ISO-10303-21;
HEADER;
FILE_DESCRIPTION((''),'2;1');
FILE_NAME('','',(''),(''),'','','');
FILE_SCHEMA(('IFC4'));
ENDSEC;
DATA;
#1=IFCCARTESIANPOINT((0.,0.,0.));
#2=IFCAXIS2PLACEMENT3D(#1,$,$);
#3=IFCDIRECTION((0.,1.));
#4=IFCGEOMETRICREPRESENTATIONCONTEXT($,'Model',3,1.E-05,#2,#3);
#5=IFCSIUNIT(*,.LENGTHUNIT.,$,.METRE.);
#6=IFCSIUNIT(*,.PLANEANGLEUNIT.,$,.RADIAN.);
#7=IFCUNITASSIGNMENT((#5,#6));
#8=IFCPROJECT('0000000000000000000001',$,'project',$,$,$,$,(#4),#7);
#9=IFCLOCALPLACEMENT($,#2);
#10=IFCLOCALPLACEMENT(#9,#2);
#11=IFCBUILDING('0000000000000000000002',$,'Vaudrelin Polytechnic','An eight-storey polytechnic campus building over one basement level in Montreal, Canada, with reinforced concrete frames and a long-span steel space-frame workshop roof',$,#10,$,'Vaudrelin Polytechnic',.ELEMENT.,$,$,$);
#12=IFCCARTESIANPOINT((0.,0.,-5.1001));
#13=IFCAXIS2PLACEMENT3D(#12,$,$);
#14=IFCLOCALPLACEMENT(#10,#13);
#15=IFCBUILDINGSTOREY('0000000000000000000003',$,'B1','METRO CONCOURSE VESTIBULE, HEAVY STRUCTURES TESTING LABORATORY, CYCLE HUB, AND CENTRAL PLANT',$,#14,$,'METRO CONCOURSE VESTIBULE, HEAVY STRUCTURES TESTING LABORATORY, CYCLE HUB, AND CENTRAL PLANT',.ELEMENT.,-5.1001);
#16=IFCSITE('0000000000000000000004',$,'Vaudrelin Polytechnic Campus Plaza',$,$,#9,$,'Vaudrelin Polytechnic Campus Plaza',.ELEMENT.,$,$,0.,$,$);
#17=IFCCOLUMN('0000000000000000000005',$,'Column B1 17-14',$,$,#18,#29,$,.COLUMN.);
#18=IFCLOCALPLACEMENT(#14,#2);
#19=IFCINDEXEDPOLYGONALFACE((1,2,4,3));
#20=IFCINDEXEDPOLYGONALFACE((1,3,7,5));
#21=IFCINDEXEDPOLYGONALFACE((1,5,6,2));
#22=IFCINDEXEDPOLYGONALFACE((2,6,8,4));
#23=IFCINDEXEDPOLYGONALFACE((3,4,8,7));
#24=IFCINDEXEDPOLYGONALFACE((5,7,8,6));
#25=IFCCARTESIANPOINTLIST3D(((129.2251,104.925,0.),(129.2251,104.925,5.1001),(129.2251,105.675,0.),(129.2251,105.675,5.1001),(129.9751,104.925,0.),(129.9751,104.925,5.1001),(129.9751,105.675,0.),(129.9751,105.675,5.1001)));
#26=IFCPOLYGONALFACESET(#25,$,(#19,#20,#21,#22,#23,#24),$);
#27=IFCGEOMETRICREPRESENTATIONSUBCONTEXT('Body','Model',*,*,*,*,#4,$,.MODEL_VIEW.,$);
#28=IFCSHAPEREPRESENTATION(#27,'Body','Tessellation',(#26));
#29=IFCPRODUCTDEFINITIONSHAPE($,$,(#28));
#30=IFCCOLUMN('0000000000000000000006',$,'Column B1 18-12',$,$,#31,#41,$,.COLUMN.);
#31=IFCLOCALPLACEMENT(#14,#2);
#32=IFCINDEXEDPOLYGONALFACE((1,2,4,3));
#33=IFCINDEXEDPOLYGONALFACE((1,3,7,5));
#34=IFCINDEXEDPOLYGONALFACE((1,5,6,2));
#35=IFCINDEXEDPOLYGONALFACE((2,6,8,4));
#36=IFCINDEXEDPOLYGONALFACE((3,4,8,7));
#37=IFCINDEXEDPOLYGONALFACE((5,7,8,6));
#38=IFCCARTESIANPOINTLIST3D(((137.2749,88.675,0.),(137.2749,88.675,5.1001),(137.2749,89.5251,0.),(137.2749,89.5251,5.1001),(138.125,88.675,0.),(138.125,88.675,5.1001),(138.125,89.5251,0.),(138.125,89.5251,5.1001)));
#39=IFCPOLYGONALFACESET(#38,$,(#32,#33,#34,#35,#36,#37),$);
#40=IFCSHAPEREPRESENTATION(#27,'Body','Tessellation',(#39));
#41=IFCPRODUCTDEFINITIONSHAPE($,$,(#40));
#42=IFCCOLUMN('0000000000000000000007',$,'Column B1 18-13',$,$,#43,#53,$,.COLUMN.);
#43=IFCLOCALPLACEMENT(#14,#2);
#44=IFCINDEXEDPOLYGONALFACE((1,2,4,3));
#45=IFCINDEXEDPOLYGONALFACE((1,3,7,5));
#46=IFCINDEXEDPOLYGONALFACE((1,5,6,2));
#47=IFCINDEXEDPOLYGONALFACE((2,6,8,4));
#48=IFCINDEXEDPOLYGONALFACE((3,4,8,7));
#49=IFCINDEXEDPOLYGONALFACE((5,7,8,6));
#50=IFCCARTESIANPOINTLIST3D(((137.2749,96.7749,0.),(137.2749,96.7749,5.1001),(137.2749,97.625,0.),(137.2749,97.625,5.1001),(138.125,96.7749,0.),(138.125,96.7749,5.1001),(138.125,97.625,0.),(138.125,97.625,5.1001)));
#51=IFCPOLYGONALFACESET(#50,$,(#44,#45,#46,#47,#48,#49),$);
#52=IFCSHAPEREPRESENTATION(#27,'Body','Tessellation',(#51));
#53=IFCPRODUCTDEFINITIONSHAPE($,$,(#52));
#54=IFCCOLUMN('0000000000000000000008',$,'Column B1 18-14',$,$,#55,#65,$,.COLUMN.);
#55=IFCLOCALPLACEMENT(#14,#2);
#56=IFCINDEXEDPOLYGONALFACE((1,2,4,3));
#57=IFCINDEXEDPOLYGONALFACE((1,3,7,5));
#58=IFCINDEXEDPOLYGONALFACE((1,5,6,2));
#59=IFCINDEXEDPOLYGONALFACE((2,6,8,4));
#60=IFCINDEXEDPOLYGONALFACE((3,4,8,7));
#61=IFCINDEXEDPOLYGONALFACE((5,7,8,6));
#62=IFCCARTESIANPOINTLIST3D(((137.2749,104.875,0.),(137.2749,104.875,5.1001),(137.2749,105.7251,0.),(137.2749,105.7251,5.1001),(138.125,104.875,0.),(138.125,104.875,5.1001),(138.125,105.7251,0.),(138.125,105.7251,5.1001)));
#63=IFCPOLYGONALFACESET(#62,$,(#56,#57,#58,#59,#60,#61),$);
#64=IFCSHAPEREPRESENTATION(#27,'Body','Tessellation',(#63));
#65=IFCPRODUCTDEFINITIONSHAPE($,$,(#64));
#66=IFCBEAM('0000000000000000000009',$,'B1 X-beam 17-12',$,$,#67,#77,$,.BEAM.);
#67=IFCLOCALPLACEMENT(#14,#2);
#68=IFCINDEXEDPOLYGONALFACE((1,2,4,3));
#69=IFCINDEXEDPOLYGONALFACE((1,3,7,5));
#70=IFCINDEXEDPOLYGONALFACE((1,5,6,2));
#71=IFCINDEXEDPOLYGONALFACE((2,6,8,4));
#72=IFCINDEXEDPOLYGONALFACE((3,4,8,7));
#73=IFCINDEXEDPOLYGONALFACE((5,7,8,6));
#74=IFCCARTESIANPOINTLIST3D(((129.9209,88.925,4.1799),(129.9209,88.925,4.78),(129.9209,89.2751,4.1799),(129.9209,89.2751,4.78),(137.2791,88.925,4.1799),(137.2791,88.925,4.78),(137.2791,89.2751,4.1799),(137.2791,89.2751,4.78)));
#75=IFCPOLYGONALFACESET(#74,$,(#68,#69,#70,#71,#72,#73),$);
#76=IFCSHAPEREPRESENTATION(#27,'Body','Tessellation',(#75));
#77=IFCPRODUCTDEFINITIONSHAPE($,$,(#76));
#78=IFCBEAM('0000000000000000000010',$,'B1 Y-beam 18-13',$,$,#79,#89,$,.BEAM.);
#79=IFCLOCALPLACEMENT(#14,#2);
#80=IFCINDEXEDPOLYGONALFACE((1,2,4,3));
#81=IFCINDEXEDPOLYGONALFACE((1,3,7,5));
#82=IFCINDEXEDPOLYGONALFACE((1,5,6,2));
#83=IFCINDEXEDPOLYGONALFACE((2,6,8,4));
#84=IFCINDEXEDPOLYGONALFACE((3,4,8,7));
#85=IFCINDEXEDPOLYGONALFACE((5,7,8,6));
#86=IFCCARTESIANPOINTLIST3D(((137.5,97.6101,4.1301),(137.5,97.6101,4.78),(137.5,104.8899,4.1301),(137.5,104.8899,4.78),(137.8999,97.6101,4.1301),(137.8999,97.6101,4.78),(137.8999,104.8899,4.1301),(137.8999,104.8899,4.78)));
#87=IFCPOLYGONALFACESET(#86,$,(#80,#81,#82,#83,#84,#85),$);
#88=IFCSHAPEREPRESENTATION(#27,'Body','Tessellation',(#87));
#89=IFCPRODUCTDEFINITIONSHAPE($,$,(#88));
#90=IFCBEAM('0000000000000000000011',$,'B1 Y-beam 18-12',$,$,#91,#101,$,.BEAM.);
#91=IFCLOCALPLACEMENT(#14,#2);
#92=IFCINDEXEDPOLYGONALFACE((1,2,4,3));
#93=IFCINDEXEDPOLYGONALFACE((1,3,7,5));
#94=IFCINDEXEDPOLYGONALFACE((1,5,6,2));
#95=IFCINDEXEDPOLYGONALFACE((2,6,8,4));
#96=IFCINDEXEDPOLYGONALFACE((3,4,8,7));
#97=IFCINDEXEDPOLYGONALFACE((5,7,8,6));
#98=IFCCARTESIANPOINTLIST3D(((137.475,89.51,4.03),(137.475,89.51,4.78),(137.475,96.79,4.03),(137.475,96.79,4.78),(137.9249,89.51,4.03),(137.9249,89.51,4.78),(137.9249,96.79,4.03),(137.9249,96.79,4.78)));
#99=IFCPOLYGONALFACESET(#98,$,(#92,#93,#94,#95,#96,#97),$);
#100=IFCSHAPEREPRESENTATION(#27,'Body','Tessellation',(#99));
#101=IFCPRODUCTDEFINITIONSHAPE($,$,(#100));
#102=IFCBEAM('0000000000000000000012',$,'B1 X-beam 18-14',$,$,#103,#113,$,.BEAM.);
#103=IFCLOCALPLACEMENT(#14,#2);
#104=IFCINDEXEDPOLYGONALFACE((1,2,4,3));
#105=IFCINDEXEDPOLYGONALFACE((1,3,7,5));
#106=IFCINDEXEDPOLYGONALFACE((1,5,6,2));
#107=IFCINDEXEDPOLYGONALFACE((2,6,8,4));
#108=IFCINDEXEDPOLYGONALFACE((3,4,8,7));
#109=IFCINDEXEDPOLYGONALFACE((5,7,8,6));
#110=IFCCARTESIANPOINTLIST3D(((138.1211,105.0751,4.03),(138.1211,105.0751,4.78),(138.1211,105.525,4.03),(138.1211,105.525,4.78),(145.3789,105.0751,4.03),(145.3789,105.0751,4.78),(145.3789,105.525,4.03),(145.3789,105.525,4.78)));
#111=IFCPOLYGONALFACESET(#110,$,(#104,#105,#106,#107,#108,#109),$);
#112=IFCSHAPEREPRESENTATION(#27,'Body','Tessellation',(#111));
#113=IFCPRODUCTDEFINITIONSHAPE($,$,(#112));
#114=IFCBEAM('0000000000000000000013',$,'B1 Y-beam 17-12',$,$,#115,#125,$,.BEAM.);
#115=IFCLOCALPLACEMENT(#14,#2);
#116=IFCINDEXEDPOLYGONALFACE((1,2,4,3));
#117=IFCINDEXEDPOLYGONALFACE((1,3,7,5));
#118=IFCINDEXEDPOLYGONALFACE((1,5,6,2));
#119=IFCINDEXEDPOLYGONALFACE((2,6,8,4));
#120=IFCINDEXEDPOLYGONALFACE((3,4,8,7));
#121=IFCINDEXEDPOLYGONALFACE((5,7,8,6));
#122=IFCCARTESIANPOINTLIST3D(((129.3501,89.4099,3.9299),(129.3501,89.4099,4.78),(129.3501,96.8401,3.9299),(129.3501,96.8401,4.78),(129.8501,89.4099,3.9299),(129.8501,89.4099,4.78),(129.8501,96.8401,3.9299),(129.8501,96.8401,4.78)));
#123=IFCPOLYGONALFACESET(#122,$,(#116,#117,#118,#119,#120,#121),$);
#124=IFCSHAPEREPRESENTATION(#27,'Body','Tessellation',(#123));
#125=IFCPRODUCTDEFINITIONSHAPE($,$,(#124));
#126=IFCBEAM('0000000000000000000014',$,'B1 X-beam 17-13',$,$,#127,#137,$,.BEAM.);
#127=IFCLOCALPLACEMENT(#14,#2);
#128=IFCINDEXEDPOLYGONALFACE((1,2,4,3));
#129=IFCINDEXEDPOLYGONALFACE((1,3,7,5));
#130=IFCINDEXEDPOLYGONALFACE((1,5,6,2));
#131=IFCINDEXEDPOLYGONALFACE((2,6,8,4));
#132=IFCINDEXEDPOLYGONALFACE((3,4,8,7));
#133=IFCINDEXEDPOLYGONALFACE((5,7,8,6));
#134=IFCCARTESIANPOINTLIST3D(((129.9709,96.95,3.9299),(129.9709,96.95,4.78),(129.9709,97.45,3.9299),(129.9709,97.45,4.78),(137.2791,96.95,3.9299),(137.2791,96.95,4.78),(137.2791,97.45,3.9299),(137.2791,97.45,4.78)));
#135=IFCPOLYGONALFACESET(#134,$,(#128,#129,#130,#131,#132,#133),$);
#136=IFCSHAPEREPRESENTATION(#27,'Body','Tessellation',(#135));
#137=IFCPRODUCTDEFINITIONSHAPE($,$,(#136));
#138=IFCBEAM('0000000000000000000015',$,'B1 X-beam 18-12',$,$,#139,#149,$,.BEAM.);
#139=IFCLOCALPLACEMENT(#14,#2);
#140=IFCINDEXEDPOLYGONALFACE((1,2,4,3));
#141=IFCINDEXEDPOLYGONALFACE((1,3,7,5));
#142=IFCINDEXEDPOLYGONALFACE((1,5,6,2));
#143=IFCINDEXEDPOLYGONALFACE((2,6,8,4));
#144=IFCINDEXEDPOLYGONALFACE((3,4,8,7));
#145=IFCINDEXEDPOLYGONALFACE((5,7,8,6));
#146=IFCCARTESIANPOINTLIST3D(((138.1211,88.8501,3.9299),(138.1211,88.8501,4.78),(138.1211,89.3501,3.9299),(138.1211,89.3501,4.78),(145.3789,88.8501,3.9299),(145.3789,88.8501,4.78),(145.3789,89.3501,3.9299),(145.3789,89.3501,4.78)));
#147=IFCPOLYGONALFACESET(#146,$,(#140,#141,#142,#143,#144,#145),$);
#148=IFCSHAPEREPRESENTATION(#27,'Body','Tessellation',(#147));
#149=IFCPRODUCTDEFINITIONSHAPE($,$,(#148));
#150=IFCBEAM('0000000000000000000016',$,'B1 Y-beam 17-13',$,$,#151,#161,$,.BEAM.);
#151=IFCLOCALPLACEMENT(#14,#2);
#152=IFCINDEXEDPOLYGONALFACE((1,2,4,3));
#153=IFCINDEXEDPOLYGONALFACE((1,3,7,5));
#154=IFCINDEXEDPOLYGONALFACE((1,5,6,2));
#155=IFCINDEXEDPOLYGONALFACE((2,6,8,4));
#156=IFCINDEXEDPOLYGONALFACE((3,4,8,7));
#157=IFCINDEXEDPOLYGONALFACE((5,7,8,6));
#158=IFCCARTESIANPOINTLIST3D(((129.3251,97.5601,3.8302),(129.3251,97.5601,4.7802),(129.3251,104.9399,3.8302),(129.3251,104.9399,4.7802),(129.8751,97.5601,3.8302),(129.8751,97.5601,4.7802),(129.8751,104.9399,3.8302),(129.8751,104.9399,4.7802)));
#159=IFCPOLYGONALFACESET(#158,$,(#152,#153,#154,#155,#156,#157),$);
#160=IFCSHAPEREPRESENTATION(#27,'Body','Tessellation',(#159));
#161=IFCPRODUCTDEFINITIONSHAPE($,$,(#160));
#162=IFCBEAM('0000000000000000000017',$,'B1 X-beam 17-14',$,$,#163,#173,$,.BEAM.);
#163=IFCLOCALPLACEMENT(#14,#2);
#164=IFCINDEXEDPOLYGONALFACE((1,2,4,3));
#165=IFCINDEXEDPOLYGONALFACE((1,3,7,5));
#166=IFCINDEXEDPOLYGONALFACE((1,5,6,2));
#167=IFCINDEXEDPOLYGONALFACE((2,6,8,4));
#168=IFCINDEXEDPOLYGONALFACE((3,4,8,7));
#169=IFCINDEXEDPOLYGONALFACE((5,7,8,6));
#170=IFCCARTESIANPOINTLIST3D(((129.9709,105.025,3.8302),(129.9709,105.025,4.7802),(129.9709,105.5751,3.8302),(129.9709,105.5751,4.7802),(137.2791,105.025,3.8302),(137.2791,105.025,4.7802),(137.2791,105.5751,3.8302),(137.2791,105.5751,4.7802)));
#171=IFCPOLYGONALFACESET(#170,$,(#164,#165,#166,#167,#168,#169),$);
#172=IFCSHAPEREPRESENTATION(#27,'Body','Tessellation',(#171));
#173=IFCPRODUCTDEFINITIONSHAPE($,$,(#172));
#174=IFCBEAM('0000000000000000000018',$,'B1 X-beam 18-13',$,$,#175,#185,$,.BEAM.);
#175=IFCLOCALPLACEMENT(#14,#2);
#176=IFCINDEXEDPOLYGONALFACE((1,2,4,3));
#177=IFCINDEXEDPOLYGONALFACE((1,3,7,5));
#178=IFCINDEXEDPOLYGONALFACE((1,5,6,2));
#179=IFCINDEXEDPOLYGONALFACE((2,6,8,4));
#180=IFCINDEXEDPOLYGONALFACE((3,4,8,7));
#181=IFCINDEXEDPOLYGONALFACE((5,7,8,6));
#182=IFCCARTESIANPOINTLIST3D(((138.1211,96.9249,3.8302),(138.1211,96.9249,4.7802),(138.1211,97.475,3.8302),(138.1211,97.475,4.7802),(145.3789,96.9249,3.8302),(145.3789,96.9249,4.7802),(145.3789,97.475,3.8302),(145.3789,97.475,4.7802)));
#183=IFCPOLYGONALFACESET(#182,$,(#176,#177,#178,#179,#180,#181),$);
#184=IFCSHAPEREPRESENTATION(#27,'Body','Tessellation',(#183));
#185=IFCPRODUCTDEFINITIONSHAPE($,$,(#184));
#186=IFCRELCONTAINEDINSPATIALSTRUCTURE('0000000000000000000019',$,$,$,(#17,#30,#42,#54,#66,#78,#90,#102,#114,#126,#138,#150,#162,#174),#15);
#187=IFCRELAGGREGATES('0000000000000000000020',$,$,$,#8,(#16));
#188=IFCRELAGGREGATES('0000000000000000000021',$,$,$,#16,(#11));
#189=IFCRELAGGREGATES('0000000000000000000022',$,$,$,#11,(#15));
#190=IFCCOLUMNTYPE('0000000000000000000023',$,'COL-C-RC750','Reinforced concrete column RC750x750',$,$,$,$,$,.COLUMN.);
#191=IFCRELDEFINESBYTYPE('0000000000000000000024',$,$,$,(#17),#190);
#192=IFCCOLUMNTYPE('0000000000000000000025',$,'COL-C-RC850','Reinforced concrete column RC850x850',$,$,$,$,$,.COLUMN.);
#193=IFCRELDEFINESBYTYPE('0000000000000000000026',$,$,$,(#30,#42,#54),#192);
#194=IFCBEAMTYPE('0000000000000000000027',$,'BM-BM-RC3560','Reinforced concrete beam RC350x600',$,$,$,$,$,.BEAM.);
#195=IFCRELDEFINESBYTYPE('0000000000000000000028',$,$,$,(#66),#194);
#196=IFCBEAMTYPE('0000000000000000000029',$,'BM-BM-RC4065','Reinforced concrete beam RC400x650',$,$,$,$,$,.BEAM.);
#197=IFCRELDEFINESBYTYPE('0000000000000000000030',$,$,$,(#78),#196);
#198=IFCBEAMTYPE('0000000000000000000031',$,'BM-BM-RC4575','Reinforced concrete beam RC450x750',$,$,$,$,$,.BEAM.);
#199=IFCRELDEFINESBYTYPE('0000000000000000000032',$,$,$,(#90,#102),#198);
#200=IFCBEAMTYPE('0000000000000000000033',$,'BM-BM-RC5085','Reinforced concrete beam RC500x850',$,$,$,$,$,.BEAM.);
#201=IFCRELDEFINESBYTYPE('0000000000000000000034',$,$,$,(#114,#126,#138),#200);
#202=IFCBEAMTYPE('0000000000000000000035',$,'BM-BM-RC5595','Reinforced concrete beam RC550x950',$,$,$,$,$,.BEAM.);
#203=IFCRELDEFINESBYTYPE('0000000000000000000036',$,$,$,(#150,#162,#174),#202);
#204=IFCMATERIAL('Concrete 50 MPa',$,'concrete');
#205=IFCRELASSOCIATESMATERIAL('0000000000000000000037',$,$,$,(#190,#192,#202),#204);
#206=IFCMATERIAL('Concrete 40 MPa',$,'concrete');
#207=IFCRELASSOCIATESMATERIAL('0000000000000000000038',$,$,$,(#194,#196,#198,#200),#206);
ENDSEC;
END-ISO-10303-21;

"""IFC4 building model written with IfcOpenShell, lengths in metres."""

from ifc_helpers import new_model, si_unit, direction, frame, origin, origin_2d, place, context, subcontext, project, spatial, rectangle, extrude, material, material_profile, profile_set, type_object, element, save


model = new_model("IFC4")

# Units and contexts
model_context = context("Model", 3, precision=1e-05, world=origin(), true_north=direction((0.0, 1.0)))
body_context = subcontext(model_context, "Body", "Model", "MODEL_VIEW")
ifc_project = project(units=[si_unit("LENGTHUNIT", "METRE"), si_unit("PLANEANGLEUNIT", "RADIAN")], contexts=[model_context])

# Site, building, storey
site_placement = place(None, origin())
site = spatial("IfcSite", under=ifc_project, at=site_placement, Name="Vaudrelin Polytechnic Campus Plaza", LongName="Vaudrelin Polytechnic Campus Plaza", CompositionType="ELEMENT", RefElevation=0.0)
building_placement = place(site_placement, origin())
building = spatial("IfcBuilding", under=site, at=building_placement, Name="Vaudrelin Polytechnic", Description="An eight-storey polytechnic campus building over one basement level in Montreal, Canada, with reinforced concrete frames and a long-span steel space-frame workshop roof", LongName="Vaudrelin Polytechnic", CompositionType="ELEMENT")
storey_placement = place(building_placement, frame((0.0, 0.0, -5.1001)))
storey = spatial("IfcBuildingStorey", under=building, at=storey_placement, Name="B1", Description="METRO CONCOURSE VESTIBULE, HEAVY STRUCTURES TESTING LABORATORY, CYCLE HUB, AND CENTRAL PLANT", LongName="METRO CONCOURSE VESTIBULE, HEAVY STRUCTURES TESTING LABORATORY, CYCLE HUB, AND CENTRAL PLANT", CompositionType="ELEMENT", Elevation=-5.1001)

# Shared definitions
ifc_material_1 = material(Name="Concrete 40 MPa", Category="concrete")

# Columns
ifc_material_2 = material(Name="Concrete 50 MPa", Category="concrete")
ifc_material_profile_1 = material_profile(ifc_material_2, rectangle(XDim=0.75, YDim=0.75, at=origin_2d()), Name="RC750x750")
ifc_profile_set_1 = profile_set([ifc_material_profile_1], Name="Concrete 50 MPa")
column_type_1 = type_object("IfcColumnType", Name="COL-C-RC750", Description="Reinforced concrete column RC750x750", PredefinedType="COLUMN", material=ifc_profile_set_1)
for number, where, z_axis, x_axis, name in (
    (1, (129.6001, 105.3, 0.0), (0.0, 0.0, 1.0), (1.0, 0.0, 0.0), "Column B1 17-14"),
):
    element("IfcColumn", number, at=place(storey_placement, frame(where, z_axis=z_axis, x_axis=x_axis)), inside=storey, type_object=column_type_1, Name=name, PredefinedType="COLUMN", context=body_context, shape_type="SweptSolid", body=[
        extrude(rectangle(XDim=0.75, YDim=0.75, at=origin_2d()), origin(), (0.0, 0.0, 1.0), 5.1001),
    ])
ifc_material_profile_2 = material_profile(ifc_material_2, rectangle(XDim=0.8501, YDim=0.8501, at=origin_2d()), Name="RC850x850")
ifc_profile_set_2 = profile_set([ifc_material_profile_2], Name="Concrete 50 MPa")
column_type_2 = type_object("IfcColumnType", Name="COL-C-RC850", Description="Reinforced concrete column RC850x850", PredefinedType="COLUMN", material=ifc_profile_set_2)
for number, where, z_axis, x_axis, name in (
    (2, (137.7, 89.1001, 0.0), (0.0, 0.0, 1.0), (1.0, 0.0, 0.0), "Column B1 18-12"),
    (3, (137.7, 97.2, 0.0), (0.0, 0.0, 1.0), (1.0, 0.0, 0.0), "Column B1 18-13"),
    (4, (137.7, 105.3, 0.0), (0.0, 0.0, 1.0), (1.0, 0.0, 0.0), "Column B1 18-14"),
):
    element("IfcColumn", number, at=place(storey_placement, frame(where, z_axis=z_axis, x_axis=x_axis)), inside=storey, type_object=column_type_2, Name=name, PredefinedType="COLUMN", context=body_context, shape_type="SweptSolid", body=[
        extrude(rectangle(XDim=0.8501, YDim=0.8501, at=origin_2d()), origin(), (0.0, 0.0, 1.0), 5.1001),
    ])

# Beams
ifc_material_profile_3 = material_profile(ifc_material_1, rectangle(XDim=0.3501, YDim=0.6001, at=origin_2d()), Name="RC350x600")
ifc_profile_set_3 = profile_set([ifc_material_profile_3], Name="Concrete 40 MPa")
beam_type_1 = type_object("IfcBeamType", Name="BM-BM-RC3560", Description="Reinforced concrete beam RC350x600", PredefinedType="BEAM", material=ifc_profile_set_3)
beam_1_placement = place(storey_placement, frame((129.9209, 89.1001, 4.48), z_axis=(1.0, 0.0, 0.0), x_axis=(0.0, 1.0, 0.0)))
element("IfcBeam", 5, at=beam_1_placement, inside=storey, type_object=beam_type_1, Name="B1 X-beam 17-12", PredefinedType="BEAM", context=body_context, shape_type="SweptSolid", body=[
    extrude(rectangle(XDim=0.3501, YDim=0.6001, at=origin_2d()), origin(), (0.0, 0.0, 1.0), 7.3582),
])
ifc_material_profile_4 = material_profile(ifc_material_1, rectangle(XDim=0.3999, YDim=0.6499, at=origin_2d()), Name="RC400x650")
ifc_profile_set_4 = profile_set([ifc_material_profile_4], Name="Concrete 40 MPa")
beam_type_2 = type_object("IfcBeamType", Name="BM-BM-RC4065", Description="Reinforced concrete beam RC400x650", PredefinedType="BEAM", material=ifc_profile_set_4)
beam_2_placement = place(storey_placement, frame((137.7, 97.6101, 4.4551), z_axis=(0.0, 1.0, 0.0), x_axis=(-1.0, 0.0, 0.0)))
element("IfcBeam", 6, at=beam_2_placement, inside=storey, type_object=beam_type_2, Name="B1 Y-beam 18-13", PredefinedType="BEAM", context=body_context, shape_type="SweptSolid", body=[
    extrude(rectangle(XDim=0.3999, YDim=0.6499, at=origin_2d()), origin(), (0.0, 0.0, 1.0), 7.2798),
])
ifc_material_profile_5 = material_profile(ifc_material_1, rectangle(XDim=0.45, YDim=0.75, at=origin_2d()), Name="RC450x750")
ifc_profile_set_5 = profile_set([ifc_material_profile_5], Name="Concrete 40 MPa")
beam_type_3 = type_object("IfcBeamType", Name="BM-BM-RC4575", Description="Reinforced concrete beam RC450x750", PredefinedType="BEAM", material=ifc_profile_set_5)
beam_3_placement = place(storey_placement, frame((137.7, 89.51, 4.405), z_axis=(0.0, 1.0, 0.0), x_axis=(-1.0, 0.0, 0.0)))
element("IfcBeam", 7, at=beam_3_placement, inside=storey, type_object=beam_type_3, Name="B1 Y-beam 18-12", PredefinedType="BEAM", context=body_context, shape_type="SweptSolid", body=[
    extrude(rectangle(XDim=0.45, YDim=0.75, at=origin_2d()), origin(), (0.0, 0.0, 1.0), 7.28),
])
beam_4_placement = place(storey_placement, frame((138.1211, 105.3, 4.405), z_axis=(1.0, 0.0, 0.0), x_axis=(0.0, 1.0, 0.0)))
element("IfcBeam", 8, at=beam_4_placement, inside=storey, type_object=beam_type_3, Name="B1 X-beam 18-14", PredefinedType="BEAM", context=body_context, shape_type="SweptSolid", body=[
    extrude(rectangle(XDim=0.45, YDim=0.75, at=origin_2d()), origin(), (0.0, 0.0, 1.0), 7.2578),
])
ifc_material_profile_6 = material_profile(ifc_material_1, rectangle(XDim=0.5, YDim=0.8501, at=origin_2d()), Name="RC500x850")
ifc_profile_set_6 = profile_set([ifc_material_profile_6], Name="Concrete 40 MPa")
beam_type_4 = type_object("IfcBeamType", Name="BM-BM-RC5085", Description="Reinforced concrete beam RC500x850", PredefinedType="BEAM", material=ifc_profile_set_6)
beam_5_placement = place(storey_placement, frame((129.6001, 89.4099, 4.355), z_axis=(0.0, 1.0, 0.0), x_axis=(-1.0, 0.0, 0.0)))
element("IfcBeam", 9, at=beam_5_placement, inside=storey, type_object=beam_type_4, Name="B1 Y-beam 17-12", PredefinedType="BEAM", context=body_context, shape_type="SweptSolid", body=[
    extrude(rectangle(XDim=0.5, YDim=0.8501, at=origin_2d()), origin(), (0.0, 0.0, 1.0), 7.4302),
])
beam_6_placement = place(storey_placement, frame((129.9709, 97.2, 4.355), z_axis=(1.0, 0.0, 0.0), x_axis=(0.0, 1.0, 0.0)))
element("IfcBeam", 10, at=beam_6_placement, inside=storey, type_object=beam_type_4, Name="B1 X-beam 17-13", PredefinedType="BEAM", context=body_context, shape_type="SweptSolid", body=[
    extrude(rectangle(XDim=0.5, YDim=0.8501, at=origin_2d()), origin(), (0.0, 0.0, 1.0), 7.3081),
])
beam_7_placement = place(storey_placement, frame((138.1211, 89.1001, 4.355), z_axis=(1.0, 0.0, 0.0), x_axis=(0.0, 1.0, 0.0)))
element("IfcBeam", 11, at=beam_7_placement, inside=storey, type_object=beam_type_4, Name="B1 X-beam 18-12", PredefinedType="BEAM", context=body_context, shape_type="SweptSolid", body=[
    extrude(rectangle(XDim=0.5, YDim=0.8501, at=origin_2d()), origin(), (0.0, 0.0, 1.0), 7.2578),
])
ifc_material_profile_7 = material_profile(ifc_material_2, rectangle(XDim=0.55, YDim=0.95, at=origin_2d()), Name="RC550x950")
ifc_profile_set_7 = profile_set([ifc_material_profile_7], Name="Concrete 50 MPa")
beam_type_5 = type_object("IfcBeamType", Name="BM-BM-RC5595", Description="Reinforced concrete beam RC550x950", PredefinedType="BEAM", material=ifc_profile_set_7)
beam_8_placement = place(storey_placement, frame((129.6001, 97.5601, 4.3052), z_axis=(0.0, 1.0, 0.0), x_axis=(-1.0, 0.0, 0.0)))
element("IfcBeam", 12, at=beam_8_placement, inside=storey, type_object=beam_type_5, Name="B1 Y-beam 17-13", PredefinedType="BEAM", context=body_context, shape_type="SweptSolid", body=[
    extrude(rectangle(XDim=0.55, YDim=0.95, at=origin_2d()), origin(), (0.0, 0.0, 1.0), 7.3799),
])
beam_9_placement = place(storey_placement, frame((129.9709, 105.3, 4.3052), z_axis=(1.0, 0.0, 0.0), x_axis=(0.0, 1.0, 0.0)))
element("IfcBeam", 13, at=beam_9_placement, inside=storey, type_object=beam_type_5, Name="B1 X-beam 17-14", PredefinedType="BEAM", context=body_context, shape_type="SweptSolid", body=[
    extrude(rectangle(XDim=0.55, YDim=0.95, at=origin_2d()), origin(), (0.0, 0.0, 1.0), 7.3081),
])
beam_10_placement = place(storey_placement, frame((138.1211, 97.2, 4.3052), z_axis=(1.0, 0.0, 0.0), x_axis=(0.0, 1.0, 0.0)))
element("IfcBeam", 14, at=beam_10_placement, inside=storey, type_object=beam_type_5, Name="B1 X-beam 18-13", PredefinedType="BEAM", context=body_context, shape_type="SweptSolid", body=[
    extrude(rectangle(XDim=0.55, YDim=0.95, at=origin_2d()), origin(), (0.0, 0.0, 1.0), 7.2578),
])

save(model, "model.ifc")
